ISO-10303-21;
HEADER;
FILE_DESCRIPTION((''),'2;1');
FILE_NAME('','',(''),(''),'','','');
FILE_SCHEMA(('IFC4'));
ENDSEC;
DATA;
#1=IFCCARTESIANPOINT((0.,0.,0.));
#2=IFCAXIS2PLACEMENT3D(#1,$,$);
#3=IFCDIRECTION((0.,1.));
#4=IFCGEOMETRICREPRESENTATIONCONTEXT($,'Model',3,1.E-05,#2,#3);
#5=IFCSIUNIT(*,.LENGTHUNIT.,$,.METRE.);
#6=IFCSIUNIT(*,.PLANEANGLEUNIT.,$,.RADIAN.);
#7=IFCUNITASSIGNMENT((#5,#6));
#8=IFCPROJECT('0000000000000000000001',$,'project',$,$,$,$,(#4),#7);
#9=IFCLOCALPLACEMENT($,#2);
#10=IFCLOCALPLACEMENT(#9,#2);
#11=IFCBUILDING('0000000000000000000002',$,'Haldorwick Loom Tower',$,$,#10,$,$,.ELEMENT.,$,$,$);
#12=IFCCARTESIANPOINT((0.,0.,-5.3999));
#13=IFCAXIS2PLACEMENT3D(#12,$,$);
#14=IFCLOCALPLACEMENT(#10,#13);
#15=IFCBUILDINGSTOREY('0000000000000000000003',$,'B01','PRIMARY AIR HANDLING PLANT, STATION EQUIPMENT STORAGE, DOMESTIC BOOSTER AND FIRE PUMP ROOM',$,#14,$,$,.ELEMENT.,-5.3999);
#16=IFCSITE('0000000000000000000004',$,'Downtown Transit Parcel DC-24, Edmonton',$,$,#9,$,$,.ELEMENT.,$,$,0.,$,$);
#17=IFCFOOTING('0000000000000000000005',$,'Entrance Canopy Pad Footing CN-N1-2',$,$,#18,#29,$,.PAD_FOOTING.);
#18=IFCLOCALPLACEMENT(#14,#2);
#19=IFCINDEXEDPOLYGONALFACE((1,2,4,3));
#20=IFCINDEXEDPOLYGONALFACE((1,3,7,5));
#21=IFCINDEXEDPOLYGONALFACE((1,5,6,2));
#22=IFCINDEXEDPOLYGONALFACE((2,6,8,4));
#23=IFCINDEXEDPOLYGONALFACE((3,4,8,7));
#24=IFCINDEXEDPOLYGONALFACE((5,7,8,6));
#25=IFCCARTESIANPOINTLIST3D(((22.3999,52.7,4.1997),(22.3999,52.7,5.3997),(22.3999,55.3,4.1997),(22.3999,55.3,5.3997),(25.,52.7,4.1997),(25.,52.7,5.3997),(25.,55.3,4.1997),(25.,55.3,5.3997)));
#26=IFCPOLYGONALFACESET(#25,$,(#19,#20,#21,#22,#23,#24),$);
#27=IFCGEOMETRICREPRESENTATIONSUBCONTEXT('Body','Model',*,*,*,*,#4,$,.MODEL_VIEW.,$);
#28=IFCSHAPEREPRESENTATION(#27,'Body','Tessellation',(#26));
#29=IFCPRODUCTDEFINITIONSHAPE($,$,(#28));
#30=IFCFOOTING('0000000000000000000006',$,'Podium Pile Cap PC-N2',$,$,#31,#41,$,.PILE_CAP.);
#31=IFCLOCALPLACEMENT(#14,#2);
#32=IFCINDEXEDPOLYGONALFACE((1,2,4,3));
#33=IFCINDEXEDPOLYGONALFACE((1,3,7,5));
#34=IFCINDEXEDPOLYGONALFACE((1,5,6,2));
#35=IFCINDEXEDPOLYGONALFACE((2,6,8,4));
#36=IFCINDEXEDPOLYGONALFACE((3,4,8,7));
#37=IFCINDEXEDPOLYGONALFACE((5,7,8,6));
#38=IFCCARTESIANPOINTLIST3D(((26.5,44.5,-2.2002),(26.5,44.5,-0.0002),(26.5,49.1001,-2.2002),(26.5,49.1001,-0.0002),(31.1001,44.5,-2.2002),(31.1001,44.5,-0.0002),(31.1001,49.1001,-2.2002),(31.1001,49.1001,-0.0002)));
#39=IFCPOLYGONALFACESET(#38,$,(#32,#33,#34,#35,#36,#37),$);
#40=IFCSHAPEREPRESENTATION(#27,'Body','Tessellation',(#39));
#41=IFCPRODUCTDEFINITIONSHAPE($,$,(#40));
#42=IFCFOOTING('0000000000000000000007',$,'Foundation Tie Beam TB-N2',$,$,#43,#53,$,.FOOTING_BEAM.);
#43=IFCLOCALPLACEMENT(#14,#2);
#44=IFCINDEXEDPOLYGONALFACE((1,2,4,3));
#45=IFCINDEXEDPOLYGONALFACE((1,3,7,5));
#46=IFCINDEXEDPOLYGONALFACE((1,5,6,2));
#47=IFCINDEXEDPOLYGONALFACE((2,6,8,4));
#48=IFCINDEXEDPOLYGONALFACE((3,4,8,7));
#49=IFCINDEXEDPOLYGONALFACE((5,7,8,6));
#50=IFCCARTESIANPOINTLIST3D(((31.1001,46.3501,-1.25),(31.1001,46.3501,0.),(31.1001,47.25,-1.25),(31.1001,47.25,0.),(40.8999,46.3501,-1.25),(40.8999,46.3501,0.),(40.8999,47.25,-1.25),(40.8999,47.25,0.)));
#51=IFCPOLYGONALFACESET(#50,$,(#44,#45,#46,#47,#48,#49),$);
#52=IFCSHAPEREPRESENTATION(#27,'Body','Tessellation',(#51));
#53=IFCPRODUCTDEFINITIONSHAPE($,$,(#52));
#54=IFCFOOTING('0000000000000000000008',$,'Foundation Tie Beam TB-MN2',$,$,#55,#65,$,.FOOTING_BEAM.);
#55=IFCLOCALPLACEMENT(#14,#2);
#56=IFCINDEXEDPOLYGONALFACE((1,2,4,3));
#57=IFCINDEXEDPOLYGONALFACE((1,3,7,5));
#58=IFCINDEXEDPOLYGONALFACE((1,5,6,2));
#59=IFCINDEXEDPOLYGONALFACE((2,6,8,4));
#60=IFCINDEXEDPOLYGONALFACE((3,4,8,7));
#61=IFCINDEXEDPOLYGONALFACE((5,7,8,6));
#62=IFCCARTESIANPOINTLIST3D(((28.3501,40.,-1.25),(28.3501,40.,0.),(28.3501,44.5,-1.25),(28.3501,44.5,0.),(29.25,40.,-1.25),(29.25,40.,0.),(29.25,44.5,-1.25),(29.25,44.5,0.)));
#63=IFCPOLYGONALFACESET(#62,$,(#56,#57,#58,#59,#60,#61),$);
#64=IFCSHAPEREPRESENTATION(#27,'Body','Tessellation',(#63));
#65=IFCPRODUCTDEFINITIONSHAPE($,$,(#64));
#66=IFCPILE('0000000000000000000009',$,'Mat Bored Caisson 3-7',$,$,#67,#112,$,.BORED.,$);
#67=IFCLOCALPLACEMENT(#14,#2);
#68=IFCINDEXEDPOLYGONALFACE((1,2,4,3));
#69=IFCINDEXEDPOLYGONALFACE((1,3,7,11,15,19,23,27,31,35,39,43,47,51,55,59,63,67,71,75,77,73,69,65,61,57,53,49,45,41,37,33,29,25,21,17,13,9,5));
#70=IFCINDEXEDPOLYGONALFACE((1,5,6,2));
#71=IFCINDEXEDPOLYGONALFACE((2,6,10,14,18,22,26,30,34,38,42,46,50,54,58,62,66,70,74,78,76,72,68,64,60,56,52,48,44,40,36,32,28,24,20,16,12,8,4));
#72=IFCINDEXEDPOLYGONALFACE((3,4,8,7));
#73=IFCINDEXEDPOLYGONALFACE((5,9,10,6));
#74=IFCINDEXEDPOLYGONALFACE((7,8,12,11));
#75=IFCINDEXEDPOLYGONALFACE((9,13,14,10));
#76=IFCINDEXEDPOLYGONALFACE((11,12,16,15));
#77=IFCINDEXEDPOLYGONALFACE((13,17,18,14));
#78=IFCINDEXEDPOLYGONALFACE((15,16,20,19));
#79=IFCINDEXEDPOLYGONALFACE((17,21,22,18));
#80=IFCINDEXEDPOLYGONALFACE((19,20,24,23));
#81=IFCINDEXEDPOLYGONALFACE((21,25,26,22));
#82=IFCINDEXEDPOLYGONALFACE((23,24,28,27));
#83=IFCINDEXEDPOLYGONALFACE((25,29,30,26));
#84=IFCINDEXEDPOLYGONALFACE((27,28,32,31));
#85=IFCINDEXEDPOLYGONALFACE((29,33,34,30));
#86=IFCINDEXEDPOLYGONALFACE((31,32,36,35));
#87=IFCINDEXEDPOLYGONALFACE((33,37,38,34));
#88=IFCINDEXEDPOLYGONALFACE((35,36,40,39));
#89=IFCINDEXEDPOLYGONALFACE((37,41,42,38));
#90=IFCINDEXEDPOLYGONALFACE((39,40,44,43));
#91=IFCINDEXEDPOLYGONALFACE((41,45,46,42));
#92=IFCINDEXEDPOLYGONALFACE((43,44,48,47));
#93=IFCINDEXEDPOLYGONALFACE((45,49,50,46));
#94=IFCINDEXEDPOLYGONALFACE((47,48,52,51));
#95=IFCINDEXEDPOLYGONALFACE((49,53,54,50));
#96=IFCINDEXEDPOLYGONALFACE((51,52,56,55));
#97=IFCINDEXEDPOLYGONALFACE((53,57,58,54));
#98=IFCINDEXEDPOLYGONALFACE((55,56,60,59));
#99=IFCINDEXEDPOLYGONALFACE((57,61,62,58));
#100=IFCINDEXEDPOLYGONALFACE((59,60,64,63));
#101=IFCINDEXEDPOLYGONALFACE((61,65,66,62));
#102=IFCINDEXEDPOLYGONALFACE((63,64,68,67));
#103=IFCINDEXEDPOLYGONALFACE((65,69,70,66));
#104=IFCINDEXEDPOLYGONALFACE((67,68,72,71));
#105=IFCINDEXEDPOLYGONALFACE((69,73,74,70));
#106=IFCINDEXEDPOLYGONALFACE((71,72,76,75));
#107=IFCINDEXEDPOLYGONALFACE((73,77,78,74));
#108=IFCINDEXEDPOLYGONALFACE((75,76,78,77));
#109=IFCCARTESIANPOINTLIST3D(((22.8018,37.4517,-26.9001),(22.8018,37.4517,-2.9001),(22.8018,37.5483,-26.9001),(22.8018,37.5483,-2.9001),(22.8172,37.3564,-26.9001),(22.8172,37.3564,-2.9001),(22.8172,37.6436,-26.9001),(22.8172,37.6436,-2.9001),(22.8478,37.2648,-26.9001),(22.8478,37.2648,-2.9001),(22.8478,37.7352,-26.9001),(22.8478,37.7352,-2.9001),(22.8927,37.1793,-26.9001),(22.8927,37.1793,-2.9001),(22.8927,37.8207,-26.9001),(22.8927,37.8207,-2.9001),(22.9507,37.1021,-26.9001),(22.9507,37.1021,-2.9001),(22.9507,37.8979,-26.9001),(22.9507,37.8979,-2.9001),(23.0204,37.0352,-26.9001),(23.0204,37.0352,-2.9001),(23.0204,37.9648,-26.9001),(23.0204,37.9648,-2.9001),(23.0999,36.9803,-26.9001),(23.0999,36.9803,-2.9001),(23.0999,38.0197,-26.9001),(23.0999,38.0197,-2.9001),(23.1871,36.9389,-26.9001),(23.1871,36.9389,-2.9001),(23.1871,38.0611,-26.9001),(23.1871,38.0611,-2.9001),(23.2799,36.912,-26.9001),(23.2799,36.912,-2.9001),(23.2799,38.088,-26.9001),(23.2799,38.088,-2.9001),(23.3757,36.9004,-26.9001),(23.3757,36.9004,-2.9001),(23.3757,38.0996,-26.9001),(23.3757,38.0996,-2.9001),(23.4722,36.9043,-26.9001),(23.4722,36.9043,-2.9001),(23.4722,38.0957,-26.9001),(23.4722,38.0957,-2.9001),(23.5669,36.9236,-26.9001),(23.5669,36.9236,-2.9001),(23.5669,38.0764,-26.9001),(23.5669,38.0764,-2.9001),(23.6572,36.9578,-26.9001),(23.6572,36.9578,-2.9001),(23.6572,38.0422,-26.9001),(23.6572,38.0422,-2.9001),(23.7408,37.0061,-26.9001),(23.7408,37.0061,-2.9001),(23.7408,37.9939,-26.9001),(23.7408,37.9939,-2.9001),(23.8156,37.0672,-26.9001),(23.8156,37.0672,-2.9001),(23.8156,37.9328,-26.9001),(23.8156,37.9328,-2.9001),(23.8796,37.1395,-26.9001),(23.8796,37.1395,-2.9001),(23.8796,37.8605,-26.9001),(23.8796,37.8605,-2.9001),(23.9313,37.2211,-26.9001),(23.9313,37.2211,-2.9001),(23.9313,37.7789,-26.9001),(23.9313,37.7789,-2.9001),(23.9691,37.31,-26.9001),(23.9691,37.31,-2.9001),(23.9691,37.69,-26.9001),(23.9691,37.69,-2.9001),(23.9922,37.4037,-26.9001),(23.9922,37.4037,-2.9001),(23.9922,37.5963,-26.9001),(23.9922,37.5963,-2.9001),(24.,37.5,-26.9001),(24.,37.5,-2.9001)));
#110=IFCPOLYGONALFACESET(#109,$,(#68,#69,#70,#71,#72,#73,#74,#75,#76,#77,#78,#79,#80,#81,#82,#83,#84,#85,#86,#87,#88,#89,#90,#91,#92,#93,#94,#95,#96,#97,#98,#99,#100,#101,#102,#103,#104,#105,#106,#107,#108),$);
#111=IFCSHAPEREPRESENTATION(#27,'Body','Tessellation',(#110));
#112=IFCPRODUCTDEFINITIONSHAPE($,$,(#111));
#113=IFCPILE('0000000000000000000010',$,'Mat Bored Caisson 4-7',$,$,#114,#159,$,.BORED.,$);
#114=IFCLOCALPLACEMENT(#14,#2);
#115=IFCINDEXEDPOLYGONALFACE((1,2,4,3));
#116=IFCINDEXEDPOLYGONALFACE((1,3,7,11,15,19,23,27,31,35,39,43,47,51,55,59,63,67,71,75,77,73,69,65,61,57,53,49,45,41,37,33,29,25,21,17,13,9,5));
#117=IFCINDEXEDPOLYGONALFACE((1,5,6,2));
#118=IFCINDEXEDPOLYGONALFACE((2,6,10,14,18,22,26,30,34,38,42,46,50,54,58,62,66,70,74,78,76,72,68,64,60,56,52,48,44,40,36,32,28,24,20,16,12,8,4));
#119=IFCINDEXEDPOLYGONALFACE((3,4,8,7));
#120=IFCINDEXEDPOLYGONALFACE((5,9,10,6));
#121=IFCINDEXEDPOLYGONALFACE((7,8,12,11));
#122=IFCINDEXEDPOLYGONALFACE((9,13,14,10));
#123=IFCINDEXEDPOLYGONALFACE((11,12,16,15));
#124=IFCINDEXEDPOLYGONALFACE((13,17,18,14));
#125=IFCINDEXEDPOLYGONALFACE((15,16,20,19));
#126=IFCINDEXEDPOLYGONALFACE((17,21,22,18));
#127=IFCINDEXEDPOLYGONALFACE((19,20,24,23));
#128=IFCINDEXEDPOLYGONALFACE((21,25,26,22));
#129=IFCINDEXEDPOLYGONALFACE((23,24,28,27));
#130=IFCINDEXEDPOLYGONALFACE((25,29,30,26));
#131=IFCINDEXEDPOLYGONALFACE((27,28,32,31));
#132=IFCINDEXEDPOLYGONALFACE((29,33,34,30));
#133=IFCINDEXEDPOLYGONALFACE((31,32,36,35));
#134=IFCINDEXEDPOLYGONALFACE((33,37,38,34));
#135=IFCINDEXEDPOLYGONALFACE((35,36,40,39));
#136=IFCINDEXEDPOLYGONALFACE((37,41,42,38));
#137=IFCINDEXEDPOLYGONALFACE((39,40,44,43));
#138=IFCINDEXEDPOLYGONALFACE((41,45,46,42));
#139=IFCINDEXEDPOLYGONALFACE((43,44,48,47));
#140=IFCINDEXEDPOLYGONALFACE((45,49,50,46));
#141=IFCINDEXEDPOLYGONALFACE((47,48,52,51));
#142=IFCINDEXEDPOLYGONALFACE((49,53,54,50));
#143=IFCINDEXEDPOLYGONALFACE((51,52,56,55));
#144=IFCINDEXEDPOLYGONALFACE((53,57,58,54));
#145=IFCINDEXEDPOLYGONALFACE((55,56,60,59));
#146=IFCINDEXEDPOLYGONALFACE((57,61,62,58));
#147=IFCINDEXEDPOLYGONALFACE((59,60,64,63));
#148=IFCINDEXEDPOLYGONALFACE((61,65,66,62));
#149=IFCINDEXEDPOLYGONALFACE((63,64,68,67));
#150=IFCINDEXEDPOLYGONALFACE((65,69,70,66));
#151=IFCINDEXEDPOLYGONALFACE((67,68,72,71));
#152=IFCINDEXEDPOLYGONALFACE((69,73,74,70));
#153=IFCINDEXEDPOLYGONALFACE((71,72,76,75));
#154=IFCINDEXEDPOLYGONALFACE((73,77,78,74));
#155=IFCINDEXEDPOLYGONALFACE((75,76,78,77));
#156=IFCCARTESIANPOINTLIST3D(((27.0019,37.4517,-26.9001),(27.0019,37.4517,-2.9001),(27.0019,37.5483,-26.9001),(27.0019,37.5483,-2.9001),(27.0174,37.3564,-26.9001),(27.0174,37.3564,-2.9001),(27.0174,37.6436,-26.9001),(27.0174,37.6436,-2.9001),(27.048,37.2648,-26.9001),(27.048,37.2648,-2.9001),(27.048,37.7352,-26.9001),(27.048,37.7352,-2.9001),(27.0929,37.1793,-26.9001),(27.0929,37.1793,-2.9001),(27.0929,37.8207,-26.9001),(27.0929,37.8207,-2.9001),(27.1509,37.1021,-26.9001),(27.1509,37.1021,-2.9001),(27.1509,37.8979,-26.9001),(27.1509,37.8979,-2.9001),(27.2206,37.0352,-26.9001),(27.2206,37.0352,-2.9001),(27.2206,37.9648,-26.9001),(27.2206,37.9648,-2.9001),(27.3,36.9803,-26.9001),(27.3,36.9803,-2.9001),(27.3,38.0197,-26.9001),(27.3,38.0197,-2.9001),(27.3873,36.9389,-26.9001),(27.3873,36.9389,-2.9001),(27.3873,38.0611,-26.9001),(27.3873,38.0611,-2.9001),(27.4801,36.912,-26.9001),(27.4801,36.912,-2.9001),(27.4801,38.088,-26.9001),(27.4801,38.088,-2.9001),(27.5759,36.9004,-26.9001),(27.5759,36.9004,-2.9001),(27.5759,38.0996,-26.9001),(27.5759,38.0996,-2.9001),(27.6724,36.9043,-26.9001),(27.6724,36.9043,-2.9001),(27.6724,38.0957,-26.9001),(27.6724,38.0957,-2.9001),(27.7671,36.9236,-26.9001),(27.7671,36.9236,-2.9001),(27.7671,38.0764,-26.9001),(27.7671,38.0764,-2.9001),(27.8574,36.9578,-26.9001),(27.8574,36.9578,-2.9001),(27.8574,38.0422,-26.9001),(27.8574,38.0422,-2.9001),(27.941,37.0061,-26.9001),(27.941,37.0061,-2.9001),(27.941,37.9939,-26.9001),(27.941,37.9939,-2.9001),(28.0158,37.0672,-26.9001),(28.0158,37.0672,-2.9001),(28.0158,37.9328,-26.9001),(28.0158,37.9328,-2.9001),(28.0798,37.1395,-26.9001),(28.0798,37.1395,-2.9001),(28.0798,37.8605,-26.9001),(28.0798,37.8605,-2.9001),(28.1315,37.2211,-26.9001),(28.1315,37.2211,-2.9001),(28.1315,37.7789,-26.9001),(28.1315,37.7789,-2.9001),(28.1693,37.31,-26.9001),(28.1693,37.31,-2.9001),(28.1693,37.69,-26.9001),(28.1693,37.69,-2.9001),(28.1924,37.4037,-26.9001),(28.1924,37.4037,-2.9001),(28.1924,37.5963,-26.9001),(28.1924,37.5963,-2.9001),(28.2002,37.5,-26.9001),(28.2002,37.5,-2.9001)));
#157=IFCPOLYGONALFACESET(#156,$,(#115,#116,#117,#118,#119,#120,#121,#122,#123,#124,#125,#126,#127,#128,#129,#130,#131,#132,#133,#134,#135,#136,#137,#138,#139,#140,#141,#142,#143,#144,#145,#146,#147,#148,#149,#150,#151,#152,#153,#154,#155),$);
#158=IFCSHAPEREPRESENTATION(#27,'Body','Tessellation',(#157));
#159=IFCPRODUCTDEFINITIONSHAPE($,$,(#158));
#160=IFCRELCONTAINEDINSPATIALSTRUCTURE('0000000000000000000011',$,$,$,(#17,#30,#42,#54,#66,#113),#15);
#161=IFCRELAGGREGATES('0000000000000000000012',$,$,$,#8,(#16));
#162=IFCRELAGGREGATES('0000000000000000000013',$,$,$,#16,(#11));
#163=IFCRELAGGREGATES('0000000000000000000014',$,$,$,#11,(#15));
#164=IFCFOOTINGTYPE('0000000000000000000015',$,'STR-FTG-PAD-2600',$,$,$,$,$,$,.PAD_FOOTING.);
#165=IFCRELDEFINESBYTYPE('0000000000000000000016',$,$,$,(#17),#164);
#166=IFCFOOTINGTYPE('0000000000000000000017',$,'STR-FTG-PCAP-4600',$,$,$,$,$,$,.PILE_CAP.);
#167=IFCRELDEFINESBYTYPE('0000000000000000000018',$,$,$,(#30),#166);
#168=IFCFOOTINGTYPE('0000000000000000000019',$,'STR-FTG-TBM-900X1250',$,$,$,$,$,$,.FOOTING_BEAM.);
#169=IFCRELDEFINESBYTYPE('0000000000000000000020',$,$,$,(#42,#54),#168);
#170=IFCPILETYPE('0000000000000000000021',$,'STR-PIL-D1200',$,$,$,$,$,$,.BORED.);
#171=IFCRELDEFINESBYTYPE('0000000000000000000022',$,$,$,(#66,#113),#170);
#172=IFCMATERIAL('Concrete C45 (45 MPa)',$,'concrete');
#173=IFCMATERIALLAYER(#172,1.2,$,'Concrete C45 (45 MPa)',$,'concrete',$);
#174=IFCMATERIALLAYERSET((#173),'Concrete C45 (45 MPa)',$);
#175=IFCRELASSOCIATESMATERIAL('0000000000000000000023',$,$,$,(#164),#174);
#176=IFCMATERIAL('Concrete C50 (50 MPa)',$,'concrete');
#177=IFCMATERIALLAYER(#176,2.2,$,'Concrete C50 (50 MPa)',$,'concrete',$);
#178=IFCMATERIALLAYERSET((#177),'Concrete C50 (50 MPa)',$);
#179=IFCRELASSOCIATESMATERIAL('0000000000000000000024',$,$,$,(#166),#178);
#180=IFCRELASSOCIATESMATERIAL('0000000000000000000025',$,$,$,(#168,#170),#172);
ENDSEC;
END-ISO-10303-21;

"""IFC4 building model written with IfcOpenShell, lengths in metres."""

from ifc_helpers import new_model, si_unit, direction, frame, origin, origin_2d, place, context, subcontext, project, spatial, rectangle, circle, extrude, material, layer, layer_set, material_profile, profile_set, type_object, element, save


model = new_model("IFC4")

# Units and contexts
model_context = context("Model", 3, precision=1e-05, world=origin(), true_north=direction((0.0, 1.0)))
body_context = subcontext(model_context, "Body", "Model", "MODEL_VIEW")
ifc_project = project(units=[si_unit("LENGTHUNIT", "METRE"), si_unit("PLANEANGLEUNIT", "RADIAN")], contexts=[model_context])

# Site, building, storey
site_placement = place(None, origin())
site = spatial("IfcSite", under=ifc_project, at=site_placement, Name="Downtown Transit Parcel DC-24, Edmonton", CompositionType="ELEMENT", RefElevation=0.0)
building_placement = place(site_placement, origin())
building = spatial("IfcBuilding", under=site, at=building_placement, Name="Haldorwick Loom Tower", CompositionType="ELEMENT")
storey_placement = place(building_placement, frame((0.0, 0.0, -5.3999)))
storey = spatial("IfcBuildingStorey", under=building, at=storey_placement, Name="B01", Description="PRIMARY AIR HANDLING PLANT, STATION EQUIPMENT STORAGE, DOMESTIC BOOSTER AND FIRE PUMP ROOM", CompositionType="ELEMENT", Elevation=-5.3999)

# Footings
ifc_material_1 = material(Name="Concrete C45 (45 MPa)", Category="concrete")
ifc_layer_1 = layer(ifc_material_1, 1.2, Name="Concrete C45 (45 MPa)", Category="concrete")
ifc_layer_set_1 = layer_set([ifc_layer_1], Name="Concrete C45 (45 MPa)")
footing_type_1 = type_object("IfcFootingType", Name="STR-FTG-PAD-2600", PredefinedType="PAD_FOOTING", material=ifc_layer_set_1)
footing_1_placement = place(storey_placement, frame((23.7, 54.0, 4.1997), z_axis=(0.0, 0.0, 1.0), x_axis=(1.0, 0.0, 0.0)))
element("IfcFooting", 1, at=footing_1_placement, inside=storey, type_object=footing_type_1, Name="Entrance Canopy Pad Footing CN-N1-2", PredefinedType="PAD_FOOTING", context=body_context, shape_type="SweptSolid", body=[
    extrude(rectangle(XDim=2.6001, YDim=2.6001, at=origin_2d()), origin(), (0.0, 0.0, 1.0), 1.2),
])
ifc_material_2 = material(Name="Concrete C50 (50 MPa)", Category="concrete")
ifc_layer_2 = layer(ifc_material_2, 2.2, Name="Concrete C50 (50 MPa)", Category="concrete")
ifc_layer_set_2 = layer_set([ifc_layer_2], Name="Concrete C50 (50 MPa)")
footing_type_2 = type_object("IfcFootingType", Name="STR-FTG-PCAP-4600", PredefinedType="PILE_CAP", material=ifc_layer_set_2)
footing_2_placement = place(storey_placement, frame((28.8, 46.8, -2.2002), z_axis=(0.0, 0.0, 1.0), x_axis=(1.0, 0.0, 0.0)))
element("IfcFooting", 2, at=footing_2_placement, inside=storey, type_object=footing_type_2, Name="Podium Pile Cap PC-N2", PredefinedType="PILE_CAP", context=body_context, shape_type="SweptSolid", body=[
    extrude(rectangle(XDim=4.6001, YDim=4.6001, at=origin_2d()), origin(), (0.0, 0.0, 1.0), 2.2),
])
ifc_material_profile_1 = material_profile(ifc_material_1, rectangle(XDim=0.8999, YDim=1.25, at=origin_2d()), Name="RC900X1250", Category="concrete")
ifc_profile_set_1 = profile_set([ifc_material_profile_1], Name="Concrete C45 (45 MPa)")
footing_type_3 = type_object("IfcFootingType", Name="STR-FTG-TBM-900X1250", PredefinedType="FOOTING_BEAM", material=ifc_profile_set_1)
footing_3_placement = place(storey_placement, frame((31.1001, 46.8, -0.625), z_axis=(1.0, 0.0, 0.0), x_axis=(0.0, 1.0, 0.0)))
element("IfcFooting", 3, at=footing_3_placement, inside=storey, type_object=footing_type_3, Name="Foundation Tie Beam TB-N2", PredefinedType="FOOTING_BEAM", context=body_context, shape_type="SweptSolid", body=[
    extrude(rectangle(XDim=0.8999, YDim=1.25, at=origin_2d()), origin(), (0.0, 0.0, 1.0), 9.7998),
])
footing_4_placement = place(storey_placement, frame((28.8, 40.0, -0.625), z_axis=(0.0, 1.0, 0.0), x_axis=(-1.0, 0.0, 0.0)))
element("IfcFooting", 4, at=footing_4_placement, inside=storey, type_object=footing_type_3, Name="Foundation Tie Beam TB-MN2", PredefinedType="FOOTING_BEAM", context=body_context, shape_type="SweptSolid", body=[
    extrude(rectangle(XDim=0.8999, YDim=1.25, at=origin_2d()), origin(), (0.0, 0.0, 1.0), 4.5),
])

# Piles
ifc_material_profile_2 = material_profile(ifc_material_1, circle(Radius=0.6001, at=origin_2d()), Name="CAISSON_D1200", Category="concrete")
ifc_profile_set_2 = profile_set([ifc_material_profile_2], Name="Concrete C45 (45 MPa)")
pile_type = type_object("IfcPileType", Name="STR-PIL-D1200", PredefinedType="BORED", material=ifc_profile_set_2)
for number, where, z_axis, x_axis, name in (
    (5, (23.3999, 37.5, -2.9001), (0.0, 0.0, -1.0), (1.0, 0.0, 0.0), "Mat Bored Caisson 3-7"),
    (6, (27.6001, 37.5, -2.9001), (0.0, 0.0, -1.0), (1.0, 0.0, 0.0), "Mat Bored Caisson 4-7"),
):
    element("IfcPile", number, at=place(storey_placement, frame(where, z_axis=z_axis, x_axis=x_axis)), inside=storey, type_object=pile_type, Name=name, PredefinedType="BORED", context=body_context, shape_type="SweptSolid", body=[
        extrude(circle(Radius=0.6001, at=origin_2d()), origin(), (0.0, 0.0, 1.0), 24.0),
    ])

save(model, "model.ifc")
